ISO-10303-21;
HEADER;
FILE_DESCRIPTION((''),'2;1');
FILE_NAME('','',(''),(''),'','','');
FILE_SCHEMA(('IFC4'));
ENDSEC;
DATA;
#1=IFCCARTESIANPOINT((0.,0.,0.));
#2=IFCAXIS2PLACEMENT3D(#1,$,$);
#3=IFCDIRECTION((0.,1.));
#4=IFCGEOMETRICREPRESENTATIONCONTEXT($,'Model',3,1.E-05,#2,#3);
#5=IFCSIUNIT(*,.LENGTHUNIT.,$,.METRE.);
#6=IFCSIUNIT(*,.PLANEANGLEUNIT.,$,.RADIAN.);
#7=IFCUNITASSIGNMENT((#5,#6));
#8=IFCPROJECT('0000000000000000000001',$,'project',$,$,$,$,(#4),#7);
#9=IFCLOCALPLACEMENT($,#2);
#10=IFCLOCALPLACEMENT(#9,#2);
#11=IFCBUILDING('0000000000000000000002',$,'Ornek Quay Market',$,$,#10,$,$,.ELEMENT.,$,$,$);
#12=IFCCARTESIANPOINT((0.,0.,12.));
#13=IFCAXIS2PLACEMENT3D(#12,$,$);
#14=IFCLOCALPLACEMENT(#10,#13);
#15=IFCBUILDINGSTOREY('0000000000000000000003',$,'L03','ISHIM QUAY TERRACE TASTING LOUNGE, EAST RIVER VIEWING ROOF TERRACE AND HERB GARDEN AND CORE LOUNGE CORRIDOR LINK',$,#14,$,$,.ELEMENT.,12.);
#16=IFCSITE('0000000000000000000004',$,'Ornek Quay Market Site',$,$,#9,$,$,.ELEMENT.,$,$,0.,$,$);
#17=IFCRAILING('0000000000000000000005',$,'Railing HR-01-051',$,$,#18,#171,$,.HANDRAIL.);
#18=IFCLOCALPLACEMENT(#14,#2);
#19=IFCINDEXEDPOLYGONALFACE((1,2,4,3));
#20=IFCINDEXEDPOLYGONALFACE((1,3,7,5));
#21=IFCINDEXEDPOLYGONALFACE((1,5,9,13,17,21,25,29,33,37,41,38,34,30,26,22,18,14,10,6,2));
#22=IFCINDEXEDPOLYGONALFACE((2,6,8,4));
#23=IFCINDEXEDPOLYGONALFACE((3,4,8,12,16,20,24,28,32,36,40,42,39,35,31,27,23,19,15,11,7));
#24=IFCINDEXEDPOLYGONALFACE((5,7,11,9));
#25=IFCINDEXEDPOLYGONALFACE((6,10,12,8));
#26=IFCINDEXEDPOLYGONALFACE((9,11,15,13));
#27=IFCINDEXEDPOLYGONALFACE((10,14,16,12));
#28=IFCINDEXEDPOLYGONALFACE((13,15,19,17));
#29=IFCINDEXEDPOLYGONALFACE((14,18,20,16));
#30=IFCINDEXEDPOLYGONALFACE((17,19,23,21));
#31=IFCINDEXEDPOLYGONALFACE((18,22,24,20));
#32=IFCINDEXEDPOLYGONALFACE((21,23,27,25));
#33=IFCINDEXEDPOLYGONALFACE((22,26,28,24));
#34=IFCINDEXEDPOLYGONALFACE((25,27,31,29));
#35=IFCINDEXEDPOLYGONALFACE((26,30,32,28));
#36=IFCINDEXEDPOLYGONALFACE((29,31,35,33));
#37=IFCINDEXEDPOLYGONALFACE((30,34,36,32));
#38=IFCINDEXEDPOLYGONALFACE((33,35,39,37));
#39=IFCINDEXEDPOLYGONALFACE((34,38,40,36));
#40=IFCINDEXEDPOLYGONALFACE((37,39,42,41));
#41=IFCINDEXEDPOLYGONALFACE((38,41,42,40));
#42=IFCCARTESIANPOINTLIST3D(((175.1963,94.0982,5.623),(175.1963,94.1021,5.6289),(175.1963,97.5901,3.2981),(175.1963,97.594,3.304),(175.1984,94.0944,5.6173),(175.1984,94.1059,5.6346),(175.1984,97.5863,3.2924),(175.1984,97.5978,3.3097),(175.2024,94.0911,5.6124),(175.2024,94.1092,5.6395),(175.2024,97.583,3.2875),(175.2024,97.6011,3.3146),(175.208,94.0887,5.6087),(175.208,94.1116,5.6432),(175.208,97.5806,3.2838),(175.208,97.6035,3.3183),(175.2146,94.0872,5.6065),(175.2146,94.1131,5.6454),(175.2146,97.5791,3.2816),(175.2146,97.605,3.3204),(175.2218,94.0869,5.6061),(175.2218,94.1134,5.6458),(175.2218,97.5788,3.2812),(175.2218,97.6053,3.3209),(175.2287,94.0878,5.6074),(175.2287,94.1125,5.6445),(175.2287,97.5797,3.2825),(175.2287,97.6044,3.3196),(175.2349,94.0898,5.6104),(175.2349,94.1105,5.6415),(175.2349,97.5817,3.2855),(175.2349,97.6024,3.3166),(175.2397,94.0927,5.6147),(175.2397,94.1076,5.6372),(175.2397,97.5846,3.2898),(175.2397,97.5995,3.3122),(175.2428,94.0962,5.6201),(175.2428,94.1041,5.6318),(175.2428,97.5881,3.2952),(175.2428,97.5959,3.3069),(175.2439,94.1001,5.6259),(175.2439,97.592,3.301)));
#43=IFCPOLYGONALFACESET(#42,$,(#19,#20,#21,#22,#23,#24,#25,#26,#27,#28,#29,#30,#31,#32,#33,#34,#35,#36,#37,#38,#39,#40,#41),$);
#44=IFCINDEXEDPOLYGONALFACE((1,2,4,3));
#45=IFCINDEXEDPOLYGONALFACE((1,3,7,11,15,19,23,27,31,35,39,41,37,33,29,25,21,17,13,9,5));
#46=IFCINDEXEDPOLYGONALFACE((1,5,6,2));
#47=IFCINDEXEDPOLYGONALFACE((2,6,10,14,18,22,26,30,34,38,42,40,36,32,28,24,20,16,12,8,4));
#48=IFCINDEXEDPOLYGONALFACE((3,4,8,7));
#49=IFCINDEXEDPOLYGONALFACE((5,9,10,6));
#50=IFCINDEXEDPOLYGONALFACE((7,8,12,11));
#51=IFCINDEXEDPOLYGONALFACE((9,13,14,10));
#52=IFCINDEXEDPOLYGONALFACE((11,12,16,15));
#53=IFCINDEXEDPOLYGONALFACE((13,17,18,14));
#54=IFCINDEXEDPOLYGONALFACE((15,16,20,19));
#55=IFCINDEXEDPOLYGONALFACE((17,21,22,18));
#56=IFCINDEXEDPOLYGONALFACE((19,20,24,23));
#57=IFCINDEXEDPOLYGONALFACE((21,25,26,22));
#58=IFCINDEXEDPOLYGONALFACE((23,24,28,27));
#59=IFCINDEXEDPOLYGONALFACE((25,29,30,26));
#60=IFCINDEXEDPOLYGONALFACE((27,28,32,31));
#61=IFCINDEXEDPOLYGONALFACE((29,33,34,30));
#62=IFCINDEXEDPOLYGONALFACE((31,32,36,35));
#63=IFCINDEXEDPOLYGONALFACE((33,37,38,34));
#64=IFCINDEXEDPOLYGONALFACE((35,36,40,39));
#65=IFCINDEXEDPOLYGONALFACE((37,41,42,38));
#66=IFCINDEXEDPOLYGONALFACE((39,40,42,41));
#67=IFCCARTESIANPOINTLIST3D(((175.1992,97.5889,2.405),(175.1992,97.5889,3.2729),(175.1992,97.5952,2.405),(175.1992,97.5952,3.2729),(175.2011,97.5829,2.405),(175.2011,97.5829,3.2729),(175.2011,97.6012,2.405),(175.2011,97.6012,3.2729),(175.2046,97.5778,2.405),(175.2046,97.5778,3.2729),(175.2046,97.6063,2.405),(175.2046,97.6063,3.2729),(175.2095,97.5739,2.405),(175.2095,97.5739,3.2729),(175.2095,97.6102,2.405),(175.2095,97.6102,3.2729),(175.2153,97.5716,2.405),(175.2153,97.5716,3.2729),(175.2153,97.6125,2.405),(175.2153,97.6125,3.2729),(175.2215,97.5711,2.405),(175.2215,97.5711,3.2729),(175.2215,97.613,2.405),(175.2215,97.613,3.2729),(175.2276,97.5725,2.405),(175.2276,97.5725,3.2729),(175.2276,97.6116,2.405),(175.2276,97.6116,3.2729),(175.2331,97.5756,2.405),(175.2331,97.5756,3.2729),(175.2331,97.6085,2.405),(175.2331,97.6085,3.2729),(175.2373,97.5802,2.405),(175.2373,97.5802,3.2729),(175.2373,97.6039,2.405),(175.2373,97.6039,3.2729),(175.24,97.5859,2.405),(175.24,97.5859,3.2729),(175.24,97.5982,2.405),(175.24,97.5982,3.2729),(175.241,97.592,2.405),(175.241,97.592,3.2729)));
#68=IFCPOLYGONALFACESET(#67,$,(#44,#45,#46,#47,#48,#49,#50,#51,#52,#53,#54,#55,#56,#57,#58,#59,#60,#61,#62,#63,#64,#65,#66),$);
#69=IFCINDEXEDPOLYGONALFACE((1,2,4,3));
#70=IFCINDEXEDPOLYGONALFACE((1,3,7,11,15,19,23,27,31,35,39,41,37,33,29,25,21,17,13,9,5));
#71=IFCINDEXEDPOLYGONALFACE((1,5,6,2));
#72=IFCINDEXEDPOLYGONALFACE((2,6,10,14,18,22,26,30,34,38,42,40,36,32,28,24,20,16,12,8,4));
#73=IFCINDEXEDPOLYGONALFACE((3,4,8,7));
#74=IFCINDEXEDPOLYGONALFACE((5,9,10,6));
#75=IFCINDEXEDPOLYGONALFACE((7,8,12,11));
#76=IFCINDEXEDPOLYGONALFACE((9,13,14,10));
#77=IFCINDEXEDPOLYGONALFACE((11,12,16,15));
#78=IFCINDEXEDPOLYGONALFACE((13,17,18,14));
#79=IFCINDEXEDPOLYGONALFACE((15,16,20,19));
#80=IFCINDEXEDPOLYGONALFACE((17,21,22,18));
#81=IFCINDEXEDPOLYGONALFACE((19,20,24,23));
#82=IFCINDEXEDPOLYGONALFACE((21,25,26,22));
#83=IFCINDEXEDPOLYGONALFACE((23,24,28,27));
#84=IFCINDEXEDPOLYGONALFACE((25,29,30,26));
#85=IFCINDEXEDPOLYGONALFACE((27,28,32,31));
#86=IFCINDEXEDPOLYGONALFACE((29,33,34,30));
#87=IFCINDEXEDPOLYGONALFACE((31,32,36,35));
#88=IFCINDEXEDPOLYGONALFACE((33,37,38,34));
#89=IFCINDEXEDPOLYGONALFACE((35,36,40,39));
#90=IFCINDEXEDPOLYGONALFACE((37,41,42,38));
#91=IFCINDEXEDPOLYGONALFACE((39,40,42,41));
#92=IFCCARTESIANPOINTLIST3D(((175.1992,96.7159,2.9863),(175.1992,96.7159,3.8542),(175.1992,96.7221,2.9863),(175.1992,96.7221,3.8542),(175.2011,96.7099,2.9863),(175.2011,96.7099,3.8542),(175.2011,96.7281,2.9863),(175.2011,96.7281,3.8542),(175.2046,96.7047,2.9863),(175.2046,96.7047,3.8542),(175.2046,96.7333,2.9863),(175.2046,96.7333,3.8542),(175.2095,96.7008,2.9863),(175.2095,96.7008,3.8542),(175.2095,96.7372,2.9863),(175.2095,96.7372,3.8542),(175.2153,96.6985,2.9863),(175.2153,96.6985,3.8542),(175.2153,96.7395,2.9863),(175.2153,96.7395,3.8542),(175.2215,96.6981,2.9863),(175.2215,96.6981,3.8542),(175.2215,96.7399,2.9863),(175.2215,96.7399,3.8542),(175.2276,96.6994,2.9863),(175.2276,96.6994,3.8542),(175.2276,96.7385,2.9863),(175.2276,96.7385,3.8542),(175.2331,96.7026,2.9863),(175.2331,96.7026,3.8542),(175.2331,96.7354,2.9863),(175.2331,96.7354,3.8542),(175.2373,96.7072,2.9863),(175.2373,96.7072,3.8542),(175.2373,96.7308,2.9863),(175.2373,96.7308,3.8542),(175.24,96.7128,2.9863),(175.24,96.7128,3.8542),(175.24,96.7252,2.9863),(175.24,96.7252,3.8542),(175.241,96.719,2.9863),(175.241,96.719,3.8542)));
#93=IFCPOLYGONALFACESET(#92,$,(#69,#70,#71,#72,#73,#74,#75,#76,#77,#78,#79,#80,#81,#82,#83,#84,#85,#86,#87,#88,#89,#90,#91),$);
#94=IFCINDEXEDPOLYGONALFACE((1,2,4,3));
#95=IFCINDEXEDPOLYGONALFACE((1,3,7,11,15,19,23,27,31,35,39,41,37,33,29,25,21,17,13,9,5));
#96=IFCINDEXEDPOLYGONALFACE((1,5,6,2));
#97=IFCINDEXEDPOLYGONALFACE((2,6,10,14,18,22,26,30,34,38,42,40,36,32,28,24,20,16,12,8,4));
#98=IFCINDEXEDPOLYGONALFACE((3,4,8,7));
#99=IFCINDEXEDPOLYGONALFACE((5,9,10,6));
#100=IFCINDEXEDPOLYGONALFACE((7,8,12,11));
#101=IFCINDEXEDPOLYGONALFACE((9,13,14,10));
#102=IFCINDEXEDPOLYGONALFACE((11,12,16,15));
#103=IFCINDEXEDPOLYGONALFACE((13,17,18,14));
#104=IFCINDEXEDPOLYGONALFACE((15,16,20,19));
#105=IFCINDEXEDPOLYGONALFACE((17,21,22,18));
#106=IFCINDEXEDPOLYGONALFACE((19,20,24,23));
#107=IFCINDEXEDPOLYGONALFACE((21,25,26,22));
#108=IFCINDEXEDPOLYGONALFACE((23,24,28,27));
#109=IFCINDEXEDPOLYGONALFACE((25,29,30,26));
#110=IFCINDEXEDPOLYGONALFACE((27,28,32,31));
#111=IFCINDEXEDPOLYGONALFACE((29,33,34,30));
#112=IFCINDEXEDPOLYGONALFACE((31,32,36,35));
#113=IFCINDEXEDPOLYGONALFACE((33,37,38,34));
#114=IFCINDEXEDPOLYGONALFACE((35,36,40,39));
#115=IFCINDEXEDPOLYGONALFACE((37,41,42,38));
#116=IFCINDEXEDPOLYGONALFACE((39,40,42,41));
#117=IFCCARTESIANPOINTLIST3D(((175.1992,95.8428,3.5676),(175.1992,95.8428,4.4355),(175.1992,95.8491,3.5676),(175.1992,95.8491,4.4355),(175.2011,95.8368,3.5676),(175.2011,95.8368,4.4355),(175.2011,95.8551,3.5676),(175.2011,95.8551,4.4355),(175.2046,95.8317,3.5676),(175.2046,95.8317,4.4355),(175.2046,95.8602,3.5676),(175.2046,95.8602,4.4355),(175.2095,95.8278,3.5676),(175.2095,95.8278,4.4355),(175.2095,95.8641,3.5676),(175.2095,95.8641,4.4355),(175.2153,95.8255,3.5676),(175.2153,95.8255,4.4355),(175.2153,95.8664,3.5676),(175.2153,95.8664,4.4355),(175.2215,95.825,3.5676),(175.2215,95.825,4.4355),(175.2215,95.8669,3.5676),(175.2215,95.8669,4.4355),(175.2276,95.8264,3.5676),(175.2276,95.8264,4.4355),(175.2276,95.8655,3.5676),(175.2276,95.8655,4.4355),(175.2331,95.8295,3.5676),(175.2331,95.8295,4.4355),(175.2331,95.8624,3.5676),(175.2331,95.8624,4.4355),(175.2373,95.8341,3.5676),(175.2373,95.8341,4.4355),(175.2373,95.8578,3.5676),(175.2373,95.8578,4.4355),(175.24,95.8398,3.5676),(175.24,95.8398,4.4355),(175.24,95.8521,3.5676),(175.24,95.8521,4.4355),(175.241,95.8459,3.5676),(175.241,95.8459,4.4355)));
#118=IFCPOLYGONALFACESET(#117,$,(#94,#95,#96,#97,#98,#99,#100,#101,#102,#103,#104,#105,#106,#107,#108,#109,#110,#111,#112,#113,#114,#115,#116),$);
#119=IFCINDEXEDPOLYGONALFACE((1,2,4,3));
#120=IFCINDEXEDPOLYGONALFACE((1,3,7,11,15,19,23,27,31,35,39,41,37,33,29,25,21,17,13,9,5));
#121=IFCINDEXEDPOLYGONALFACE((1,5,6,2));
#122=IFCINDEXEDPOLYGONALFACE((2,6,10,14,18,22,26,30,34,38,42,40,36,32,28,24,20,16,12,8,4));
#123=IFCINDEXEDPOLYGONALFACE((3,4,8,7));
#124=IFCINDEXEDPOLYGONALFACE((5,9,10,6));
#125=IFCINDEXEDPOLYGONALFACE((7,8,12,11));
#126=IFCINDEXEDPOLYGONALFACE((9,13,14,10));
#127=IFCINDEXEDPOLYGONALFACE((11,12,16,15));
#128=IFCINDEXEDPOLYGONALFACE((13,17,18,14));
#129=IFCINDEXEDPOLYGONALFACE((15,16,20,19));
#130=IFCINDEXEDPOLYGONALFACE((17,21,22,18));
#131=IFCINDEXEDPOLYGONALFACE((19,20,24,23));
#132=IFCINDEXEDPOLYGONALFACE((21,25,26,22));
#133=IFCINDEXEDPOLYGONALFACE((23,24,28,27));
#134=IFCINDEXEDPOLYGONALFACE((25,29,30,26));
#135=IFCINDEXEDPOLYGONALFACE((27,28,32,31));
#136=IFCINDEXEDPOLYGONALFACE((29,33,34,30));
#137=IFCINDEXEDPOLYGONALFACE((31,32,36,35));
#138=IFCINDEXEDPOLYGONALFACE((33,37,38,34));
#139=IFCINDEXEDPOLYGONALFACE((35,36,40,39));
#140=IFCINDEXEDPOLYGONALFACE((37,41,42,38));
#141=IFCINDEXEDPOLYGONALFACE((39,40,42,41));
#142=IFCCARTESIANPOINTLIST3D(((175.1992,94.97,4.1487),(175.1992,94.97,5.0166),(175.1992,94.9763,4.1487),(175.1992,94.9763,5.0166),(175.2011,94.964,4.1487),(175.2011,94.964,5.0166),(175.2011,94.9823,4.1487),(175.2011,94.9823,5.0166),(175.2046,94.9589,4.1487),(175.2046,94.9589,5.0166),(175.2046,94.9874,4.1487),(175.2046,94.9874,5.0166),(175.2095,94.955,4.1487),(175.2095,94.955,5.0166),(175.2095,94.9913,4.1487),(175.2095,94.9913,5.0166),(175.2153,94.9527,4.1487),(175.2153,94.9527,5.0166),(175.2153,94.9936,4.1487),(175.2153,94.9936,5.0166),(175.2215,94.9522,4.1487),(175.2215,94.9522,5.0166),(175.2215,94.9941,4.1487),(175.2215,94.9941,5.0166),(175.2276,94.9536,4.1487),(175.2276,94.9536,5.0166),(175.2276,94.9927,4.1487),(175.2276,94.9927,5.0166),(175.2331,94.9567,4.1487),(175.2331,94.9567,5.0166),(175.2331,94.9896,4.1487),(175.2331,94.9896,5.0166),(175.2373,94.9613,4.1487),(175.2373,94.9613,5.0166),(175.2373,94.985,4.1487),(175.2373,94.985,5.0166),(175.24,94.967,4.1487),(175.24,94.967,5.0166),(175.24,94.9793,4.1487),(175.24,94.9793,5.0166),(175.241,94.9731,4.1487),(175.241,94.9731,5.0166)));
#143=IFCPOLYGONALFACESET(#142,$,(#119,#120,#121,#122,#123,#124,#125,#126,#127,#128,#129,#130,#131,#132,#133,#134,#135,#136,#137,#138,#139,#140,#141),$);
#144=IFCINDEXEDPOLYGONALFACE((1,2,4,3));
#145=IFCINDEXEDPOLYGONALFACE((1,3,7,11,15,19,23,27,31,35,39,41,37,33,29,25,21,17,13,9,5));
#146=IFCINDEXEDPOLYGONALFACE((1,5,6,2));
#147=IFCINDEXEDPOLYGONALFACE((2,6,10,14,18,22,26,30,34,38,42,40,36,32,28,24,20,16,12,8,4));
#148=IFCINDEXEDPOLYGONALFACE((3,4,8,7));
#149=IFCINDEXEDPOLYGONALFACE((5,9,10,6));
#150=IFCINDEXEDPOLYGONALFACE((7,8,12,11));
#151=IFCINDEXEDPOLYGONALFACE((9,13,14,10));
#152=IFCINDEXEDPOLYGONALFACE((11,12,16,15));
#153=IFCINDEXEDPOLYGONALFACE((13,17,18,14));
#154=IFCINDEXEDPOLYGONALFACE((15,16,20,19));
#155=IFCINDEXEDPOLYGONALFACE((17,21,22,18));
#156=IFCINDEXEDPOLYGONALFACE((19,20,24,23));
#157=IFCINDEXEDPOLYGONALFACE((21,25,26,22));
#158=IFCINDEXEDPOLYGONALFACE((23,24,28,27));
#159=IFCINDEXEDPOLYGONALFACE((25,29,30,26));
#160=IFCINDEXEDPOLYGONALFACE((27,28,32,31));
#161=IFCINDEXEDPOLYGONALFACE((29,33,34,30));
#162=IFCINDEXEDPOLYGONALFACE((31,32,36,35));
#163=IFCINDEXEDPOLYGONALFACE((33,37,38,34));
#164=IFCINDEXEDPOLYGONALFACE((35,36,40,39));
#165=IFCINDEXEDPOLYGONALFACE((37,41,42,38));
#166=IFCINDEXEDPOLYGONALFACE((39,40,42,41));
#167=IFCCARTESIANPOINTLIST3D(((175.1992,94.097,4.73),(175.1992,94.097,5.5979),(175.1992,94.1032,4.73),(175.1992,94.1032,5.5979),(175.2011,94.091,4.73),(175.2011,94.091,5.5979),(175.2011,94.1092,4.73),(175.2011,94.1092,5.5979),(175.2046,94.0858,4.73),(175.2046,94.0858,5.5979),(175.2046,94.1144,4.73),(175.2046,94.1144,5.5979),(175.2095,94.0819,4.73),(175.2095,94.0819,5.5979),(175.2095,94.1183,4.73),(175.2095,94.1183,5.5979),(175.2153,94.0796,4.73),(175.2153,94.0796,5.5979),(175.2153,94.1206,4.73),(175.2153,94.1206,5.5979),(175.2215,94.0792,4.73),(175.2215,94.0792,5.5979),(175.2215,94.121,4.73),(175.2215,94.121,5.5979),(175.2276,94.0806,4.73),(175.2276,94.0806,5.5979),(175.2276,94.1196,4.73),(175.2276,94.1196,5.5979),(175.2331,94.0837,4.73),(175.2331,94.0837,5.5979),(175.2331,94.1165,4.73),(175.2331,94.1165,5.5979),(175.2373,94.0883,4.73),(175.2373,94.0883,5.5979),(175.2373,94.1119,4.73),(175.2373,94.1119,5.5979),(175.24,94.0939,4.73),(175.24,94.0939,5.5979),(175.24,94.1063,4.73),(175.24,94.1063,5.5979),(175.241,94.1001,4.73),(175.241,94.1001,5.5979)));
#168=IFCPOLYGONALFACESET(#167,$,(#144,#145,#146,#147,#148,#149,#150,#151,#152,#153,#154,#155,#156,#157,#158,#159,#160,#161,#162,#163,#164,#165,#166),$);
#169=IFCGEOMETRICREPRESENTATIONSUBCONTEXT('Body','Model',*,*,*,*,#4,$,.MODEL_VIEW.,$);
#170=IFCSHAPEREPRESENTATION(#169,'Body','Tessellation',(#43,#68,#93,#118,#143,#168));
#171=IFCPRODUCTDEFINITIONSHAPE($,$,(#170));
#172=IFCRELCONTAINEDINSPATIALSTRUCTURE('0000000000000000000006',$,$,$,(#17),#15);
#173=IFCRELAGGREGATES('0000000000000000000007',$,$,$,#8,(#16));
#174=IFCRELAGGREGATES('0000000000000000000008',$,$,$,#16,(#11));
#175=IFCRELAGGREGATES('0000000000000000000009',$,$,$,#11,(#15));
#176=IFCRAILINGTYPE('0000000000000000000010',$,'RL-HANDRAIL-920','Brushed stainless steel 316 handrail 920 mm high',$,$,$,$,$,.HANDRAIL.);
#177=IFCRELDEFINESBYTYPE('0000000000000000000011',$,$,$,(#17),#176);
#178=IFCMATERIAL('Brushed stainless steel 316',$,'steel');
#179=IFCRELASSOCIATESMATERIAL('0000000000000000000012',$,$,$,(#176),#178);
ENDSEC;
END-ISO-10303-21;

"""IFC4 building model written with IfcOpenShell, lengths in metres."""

from ifc_helpers import new_model, si_unit, direction, frame, origin, origin_2d, place, context, subcontext, project, spatial, circle, extrude, material, type_object, element, save


model = new_model("IFC4")

# Units and contexts
model_context = context("Model", 3, precision=1e-05, world=origin(), true_north=direction((0.0, 1.0)))
body_context = subcontext(model_context, "Body", "Model", "MODEL_VIEW")
ifc_project = project(units=[si_unit("LENGTHUNIT", "METRE"), si_unit("PLANEANGLEUNIT", "RADIAN")], contexts=[model_context])

# Site, building, storey
site_placement = place(None, origin())
site = spatial("IfcSite", under=ifc_project, at=site_placement, Name="Ornek Quay Market Site", CompositionType="ELEMENT", RefElevation=0.0)
building_placement = place(site_placement, origin())
building = spatial("IfcBuilding", under=site, at=building_placement, Name="Ornek Quay Market", CompositionType="ELEMENT")
storey_placement = place(building_placement, frame((0.0, 0.0, 12.0)))
storey = spatial("IfcBuildingStorey", under=building, at=storey_placement, Name="L03", Description="ISHIM QUAY TERRACE TASTING LOUNGE, EAST RIVER VIEWING ROOF TERRACE AND HERB GARDEN AND CORE LOUNGE CORRIDOR LINK", CompositionType="ELEMENT", Elevation=12.0)

# Railing
ifc_material_1 = material(Name="Brushed stainless steel 316", Category="steel")
railing_type_1 = type_object("IfcRailingType", Name="RL-HANDRAIL-920", Description="Brushed stainless steel 316 handrail 920 mm high", PredefinedType="HANDRAIL", material=ifc_material_1)
railing_1_placement = place(storey_placement, frame((175.22, 97.592, 2.405)))
element("IfcRailing", 1, at=railing_1_placement, inside=storey, type_object=railing_type_1, Name="Railing HR-01-051", PredefinedType="HANDRAIL", context=body_context, shape_type="SweptSolid", body=[
    extrude(circle(Radius=0.0239, at=origin_2d()), frame((0.0, 0.0, 0.896), z_axis=(0.0, -0.832381, 0.554203), x_axis=(1.0, 0.0, 0.0)), (0.0, 0.0, 1.0), 4.1951),
    extrude(circle(Radius=0.021, at=origin_2d()), origin(), (0.0, 0.0, 1.0), 0.8679),
    extrude(circle(Radius=0.021, at=origin_2d()), frame((0.0, -0.873, 0.5813)), (0.0, 0.0, 1.0), 0.8679),
    extrude(circle(Radius=0.021, at=origin_2d()), frame((0.0, -1.7461, 1.1626)), (0.0, 0.0, 1.0), 0.8679),
    extrude(circle(Radius=0.021, at=origin_2d()), frame((0.0, -2.6189, 1.7437)), (0.0, 0.0, 1.0), 0.8679),
    extrude(circle(Radius=0.021, at=origin_2d()), frame((0.0, -3.4919, 2.325)), (0.0, 0.0, 1.0), 0.8679),
])

save(model, "model.ifc")
